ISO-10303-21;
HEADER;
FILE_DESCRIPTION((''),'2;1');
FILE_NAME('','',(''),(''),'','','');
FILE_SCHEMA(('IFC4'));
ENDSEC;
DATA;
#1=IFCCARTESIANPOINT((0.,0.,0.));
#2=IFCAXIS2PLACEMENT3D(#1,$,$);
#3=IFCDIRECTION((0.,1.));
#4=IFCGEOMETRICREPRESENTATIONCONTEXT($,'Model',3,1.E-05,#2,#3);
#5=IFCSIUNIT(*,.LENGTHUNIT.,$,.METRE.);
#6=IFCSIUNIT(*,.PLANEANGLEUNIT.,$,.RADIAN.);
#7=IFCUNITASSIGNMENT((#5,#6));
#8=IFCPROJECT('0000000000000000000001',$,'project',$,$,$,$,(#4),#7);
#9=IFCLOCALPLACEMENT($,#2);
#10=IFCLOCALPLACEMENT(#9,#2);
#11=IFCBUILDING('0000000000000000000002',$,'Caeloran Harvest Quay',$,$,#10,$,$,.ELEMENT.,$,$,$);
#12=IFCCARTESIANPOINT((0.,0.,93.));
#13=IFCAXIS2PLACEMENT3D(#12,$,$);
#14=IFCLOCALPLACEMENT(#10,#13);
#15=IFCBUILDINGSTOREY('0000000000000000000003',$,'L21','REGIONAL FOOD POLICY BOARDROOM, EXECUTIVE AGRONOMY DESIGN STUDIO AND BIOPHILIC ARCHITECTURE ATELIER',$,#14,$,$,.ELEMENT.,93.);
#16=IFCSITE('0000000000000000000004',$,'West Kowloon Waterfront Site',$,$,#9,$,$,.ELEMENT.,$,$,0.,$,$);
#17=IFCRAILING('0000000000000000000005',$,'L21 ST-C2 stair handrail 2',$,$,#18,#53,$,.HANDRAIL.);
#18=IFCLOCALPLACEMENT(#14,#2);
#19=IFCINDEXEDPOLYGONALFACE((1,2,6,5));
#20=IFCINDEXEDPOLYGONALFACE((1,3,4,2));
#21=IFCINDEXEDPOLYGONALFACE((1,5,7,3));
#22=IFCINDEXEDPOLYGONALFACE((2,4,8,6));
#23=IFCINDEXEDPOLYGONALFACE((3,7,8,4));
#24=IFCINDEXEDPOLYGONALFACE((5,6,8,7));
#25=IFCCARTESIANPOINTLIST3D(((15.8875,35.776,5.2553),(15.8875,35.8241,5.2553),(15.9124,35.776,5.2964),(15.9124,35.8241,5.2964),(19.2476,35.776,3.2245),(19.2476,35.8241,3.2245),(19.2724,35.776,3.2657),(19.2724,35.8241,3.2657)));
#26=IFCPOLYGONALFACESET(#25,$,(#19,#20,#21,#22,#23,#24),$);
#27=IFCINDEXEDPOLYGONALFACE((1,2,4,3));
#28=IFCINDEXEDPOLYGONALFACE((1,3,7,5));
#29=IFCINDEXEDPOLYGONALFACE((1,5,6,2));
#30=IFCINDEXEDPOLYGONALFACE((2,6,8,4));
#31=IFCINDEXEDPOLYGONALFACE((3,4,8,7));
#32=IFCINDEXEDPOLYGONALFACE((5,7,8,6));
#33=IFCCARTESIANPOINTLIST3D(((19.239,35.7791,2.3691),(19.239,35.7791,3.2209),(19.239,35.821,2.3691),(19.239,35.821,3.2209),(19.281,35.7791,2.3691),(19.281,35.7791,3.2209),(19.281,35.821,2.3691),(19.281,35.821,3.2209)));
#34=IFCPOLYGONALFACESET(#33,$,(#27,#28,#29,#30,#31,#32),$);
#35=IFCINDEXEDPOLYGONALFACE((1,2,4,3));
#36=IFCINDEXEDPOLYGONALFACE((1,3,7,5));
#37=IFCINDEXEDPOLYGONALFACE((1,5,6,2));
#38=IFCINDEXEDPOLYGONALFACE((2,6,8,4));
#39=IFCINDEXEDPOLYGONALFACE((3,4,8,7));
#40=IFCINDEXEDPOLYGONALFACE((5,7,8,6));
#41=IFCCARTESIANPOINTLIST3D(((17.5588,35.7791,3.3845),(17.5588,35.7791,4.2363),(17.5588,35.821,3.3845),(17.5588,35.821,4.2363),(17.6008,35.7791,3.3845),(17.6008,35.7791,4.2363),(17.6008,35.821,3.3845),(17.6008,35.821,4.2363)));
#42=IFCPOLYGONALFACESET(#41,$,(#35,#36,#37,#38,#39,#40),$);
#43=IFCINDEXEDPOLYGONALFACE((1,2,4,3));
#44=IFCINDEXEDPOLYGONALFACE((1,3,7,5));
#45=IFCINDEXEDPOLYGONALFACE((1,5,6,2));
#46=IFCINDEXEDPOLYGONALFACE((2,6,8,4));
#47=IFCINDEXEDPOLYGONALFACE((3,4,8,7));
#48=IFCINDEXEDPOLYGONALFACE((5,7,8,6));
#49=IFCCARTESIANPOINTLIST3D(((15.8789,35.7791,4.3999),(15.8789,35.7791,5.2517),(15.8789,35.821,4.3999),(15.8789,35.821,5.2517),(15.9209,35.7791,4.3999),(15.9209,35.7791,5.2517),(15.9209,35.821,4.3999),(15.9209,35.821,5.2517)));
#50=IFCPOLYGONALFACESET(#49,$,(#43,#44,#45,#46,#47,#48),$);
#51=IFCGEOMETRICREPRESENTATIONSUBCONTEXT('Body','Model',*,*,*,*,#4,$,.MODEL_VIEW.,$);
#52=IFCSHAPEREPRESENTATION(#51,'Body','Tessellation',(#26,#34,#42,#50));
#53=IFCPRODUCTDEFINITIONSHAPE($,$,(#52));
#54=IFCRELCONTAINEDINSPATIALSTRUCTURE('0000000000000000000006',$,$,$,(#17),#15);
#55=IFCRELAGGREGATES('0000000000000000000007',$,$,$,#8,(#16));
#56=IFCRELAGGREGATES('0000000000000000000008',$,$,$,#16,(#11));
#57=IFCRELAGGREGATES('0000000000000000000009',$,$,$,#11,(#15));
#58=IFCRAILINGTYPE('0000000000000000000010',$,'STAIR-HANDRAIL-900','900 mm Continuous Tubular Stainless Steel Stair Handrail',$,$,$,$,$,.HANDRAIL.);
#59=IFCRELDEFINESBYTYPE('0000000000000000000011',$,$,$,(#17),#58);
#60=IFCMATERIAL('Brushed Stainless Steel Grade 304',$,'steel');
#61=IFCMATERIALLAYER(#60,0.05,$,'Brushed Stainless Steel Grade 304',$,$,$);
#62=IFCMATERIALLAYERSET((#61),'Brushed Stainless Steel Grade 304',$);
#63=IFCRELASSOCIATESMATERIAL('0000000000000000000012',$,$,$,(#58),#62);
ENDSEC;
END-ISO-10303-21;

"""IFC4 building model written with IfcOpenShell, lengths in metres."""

from ifc_helpers import new_model, si_unit, direction, frame, origin, origin_2d, place, context, subcontext, project, spatial, rectangle, extrude, material, layer, layer_set, type_object, element, save


model = new_model("IFC4")

# Units and contexts
model_context = context("Model", 3, precision=1e-05, world=origin(), true_north=direction((0.0, 1.0)))
body_context = subcontext(model_context, "Body", "Model", "MODEL_VIEW")
ifc_project = project(units=[si_unit("LENGTHUNIT", "METRE"), si_unit("PLANEANGLEUNIT", "RADIAN")], contexts=[model_context])

# Site, building, storey
site_placement = place(None, origin())
site = spatial("IfcSite", under=ifc_project, at=site_placement, Name="West Kowloon Waterfront Site", CompositionType="ELEMENT", RefElevation=0.0)
building_placement = place(site_placement, origin())
building = spatial("IfcBuilding", under=site, at=building_placement, Name="Caeloran Harvest Quay", CompositionType="ELEMENT")
storey_placement = place(building_placement, frame((0.0, 0.0, 93.0)))
storey = spatial("IfcBuildingStorey", under=building, at=storey_placement, Name="L21", Description="REGIONAL FOOD POLICY BOARDROOM, EXECUTIVE AGRONOMY DESIGN STUDIO AND BIOPHILIC ARCHITECTURE ATELIER", CompositionType="ELEMENT", Elevation=93.0)

# Railing
ifc_material_1 = material(Name="Brushed Stainless Steel Grade 304", Category="steel")
ifc_layer_1 = layer(ifc_material_1, 0.05, Name="Brushed Stainless Steel Grade 304")
ifc_layer_set_1 = layer_set([ifc_layer_1], Name="Brushed Stainless Steel Grade 304")
railing_type_1 = type_object("IfcRailingType", Name="STAIR-HANDRAIL-900", Description="900 mm Continuous Tubular Stainless Steel Stair Handrail", PredefinedType="HANDRAIL", material=ifc_layer_set_1)
for number, where, name in (
    (1, (19.26, 35.8, 2.3691), "L21 ST-C2 stair handrail 2"),
):
    element("IfcRailing", number, at=place(storey_placement, frame(where)), inside=storey, type_object=railing_type_1, Name=name, PredefinedType="HANDRAIL", context=body_context, shape_type="SweptSolid", body=[
        extrude(rectangle(XDim=0.0481, YDim=0.0481, at=origin_2d()), frame((0.0, 0.0, 0.876), z_axis=(-0.855837, 0.0, 0.517246), x_axis=(0.0, -1.0, 0.0)), (0.0, 0.0, 1.0), 3.926),
        extrude(rectangle(XDim=0.042, YDim=0.042, at=origin_2d()), origin(), (0.0, 0.0, 1.0), 0.8518),
        extrude(rectangle(XDim=0.042, YDim=0.042, at=origin_2d()), frame((-1.6802, 0.0, 1.0154)), (0.0, 0.0, 1.0), 0.8518),
        extrude(rectangle(XDim=0.042, YDim=0.042, at=origin_2d()), frame((-3.3601, 0.0, 2.0308)), (0.0, 0.0, 1.0), 0.8518),
    ])

save(model, "model.ifc")
